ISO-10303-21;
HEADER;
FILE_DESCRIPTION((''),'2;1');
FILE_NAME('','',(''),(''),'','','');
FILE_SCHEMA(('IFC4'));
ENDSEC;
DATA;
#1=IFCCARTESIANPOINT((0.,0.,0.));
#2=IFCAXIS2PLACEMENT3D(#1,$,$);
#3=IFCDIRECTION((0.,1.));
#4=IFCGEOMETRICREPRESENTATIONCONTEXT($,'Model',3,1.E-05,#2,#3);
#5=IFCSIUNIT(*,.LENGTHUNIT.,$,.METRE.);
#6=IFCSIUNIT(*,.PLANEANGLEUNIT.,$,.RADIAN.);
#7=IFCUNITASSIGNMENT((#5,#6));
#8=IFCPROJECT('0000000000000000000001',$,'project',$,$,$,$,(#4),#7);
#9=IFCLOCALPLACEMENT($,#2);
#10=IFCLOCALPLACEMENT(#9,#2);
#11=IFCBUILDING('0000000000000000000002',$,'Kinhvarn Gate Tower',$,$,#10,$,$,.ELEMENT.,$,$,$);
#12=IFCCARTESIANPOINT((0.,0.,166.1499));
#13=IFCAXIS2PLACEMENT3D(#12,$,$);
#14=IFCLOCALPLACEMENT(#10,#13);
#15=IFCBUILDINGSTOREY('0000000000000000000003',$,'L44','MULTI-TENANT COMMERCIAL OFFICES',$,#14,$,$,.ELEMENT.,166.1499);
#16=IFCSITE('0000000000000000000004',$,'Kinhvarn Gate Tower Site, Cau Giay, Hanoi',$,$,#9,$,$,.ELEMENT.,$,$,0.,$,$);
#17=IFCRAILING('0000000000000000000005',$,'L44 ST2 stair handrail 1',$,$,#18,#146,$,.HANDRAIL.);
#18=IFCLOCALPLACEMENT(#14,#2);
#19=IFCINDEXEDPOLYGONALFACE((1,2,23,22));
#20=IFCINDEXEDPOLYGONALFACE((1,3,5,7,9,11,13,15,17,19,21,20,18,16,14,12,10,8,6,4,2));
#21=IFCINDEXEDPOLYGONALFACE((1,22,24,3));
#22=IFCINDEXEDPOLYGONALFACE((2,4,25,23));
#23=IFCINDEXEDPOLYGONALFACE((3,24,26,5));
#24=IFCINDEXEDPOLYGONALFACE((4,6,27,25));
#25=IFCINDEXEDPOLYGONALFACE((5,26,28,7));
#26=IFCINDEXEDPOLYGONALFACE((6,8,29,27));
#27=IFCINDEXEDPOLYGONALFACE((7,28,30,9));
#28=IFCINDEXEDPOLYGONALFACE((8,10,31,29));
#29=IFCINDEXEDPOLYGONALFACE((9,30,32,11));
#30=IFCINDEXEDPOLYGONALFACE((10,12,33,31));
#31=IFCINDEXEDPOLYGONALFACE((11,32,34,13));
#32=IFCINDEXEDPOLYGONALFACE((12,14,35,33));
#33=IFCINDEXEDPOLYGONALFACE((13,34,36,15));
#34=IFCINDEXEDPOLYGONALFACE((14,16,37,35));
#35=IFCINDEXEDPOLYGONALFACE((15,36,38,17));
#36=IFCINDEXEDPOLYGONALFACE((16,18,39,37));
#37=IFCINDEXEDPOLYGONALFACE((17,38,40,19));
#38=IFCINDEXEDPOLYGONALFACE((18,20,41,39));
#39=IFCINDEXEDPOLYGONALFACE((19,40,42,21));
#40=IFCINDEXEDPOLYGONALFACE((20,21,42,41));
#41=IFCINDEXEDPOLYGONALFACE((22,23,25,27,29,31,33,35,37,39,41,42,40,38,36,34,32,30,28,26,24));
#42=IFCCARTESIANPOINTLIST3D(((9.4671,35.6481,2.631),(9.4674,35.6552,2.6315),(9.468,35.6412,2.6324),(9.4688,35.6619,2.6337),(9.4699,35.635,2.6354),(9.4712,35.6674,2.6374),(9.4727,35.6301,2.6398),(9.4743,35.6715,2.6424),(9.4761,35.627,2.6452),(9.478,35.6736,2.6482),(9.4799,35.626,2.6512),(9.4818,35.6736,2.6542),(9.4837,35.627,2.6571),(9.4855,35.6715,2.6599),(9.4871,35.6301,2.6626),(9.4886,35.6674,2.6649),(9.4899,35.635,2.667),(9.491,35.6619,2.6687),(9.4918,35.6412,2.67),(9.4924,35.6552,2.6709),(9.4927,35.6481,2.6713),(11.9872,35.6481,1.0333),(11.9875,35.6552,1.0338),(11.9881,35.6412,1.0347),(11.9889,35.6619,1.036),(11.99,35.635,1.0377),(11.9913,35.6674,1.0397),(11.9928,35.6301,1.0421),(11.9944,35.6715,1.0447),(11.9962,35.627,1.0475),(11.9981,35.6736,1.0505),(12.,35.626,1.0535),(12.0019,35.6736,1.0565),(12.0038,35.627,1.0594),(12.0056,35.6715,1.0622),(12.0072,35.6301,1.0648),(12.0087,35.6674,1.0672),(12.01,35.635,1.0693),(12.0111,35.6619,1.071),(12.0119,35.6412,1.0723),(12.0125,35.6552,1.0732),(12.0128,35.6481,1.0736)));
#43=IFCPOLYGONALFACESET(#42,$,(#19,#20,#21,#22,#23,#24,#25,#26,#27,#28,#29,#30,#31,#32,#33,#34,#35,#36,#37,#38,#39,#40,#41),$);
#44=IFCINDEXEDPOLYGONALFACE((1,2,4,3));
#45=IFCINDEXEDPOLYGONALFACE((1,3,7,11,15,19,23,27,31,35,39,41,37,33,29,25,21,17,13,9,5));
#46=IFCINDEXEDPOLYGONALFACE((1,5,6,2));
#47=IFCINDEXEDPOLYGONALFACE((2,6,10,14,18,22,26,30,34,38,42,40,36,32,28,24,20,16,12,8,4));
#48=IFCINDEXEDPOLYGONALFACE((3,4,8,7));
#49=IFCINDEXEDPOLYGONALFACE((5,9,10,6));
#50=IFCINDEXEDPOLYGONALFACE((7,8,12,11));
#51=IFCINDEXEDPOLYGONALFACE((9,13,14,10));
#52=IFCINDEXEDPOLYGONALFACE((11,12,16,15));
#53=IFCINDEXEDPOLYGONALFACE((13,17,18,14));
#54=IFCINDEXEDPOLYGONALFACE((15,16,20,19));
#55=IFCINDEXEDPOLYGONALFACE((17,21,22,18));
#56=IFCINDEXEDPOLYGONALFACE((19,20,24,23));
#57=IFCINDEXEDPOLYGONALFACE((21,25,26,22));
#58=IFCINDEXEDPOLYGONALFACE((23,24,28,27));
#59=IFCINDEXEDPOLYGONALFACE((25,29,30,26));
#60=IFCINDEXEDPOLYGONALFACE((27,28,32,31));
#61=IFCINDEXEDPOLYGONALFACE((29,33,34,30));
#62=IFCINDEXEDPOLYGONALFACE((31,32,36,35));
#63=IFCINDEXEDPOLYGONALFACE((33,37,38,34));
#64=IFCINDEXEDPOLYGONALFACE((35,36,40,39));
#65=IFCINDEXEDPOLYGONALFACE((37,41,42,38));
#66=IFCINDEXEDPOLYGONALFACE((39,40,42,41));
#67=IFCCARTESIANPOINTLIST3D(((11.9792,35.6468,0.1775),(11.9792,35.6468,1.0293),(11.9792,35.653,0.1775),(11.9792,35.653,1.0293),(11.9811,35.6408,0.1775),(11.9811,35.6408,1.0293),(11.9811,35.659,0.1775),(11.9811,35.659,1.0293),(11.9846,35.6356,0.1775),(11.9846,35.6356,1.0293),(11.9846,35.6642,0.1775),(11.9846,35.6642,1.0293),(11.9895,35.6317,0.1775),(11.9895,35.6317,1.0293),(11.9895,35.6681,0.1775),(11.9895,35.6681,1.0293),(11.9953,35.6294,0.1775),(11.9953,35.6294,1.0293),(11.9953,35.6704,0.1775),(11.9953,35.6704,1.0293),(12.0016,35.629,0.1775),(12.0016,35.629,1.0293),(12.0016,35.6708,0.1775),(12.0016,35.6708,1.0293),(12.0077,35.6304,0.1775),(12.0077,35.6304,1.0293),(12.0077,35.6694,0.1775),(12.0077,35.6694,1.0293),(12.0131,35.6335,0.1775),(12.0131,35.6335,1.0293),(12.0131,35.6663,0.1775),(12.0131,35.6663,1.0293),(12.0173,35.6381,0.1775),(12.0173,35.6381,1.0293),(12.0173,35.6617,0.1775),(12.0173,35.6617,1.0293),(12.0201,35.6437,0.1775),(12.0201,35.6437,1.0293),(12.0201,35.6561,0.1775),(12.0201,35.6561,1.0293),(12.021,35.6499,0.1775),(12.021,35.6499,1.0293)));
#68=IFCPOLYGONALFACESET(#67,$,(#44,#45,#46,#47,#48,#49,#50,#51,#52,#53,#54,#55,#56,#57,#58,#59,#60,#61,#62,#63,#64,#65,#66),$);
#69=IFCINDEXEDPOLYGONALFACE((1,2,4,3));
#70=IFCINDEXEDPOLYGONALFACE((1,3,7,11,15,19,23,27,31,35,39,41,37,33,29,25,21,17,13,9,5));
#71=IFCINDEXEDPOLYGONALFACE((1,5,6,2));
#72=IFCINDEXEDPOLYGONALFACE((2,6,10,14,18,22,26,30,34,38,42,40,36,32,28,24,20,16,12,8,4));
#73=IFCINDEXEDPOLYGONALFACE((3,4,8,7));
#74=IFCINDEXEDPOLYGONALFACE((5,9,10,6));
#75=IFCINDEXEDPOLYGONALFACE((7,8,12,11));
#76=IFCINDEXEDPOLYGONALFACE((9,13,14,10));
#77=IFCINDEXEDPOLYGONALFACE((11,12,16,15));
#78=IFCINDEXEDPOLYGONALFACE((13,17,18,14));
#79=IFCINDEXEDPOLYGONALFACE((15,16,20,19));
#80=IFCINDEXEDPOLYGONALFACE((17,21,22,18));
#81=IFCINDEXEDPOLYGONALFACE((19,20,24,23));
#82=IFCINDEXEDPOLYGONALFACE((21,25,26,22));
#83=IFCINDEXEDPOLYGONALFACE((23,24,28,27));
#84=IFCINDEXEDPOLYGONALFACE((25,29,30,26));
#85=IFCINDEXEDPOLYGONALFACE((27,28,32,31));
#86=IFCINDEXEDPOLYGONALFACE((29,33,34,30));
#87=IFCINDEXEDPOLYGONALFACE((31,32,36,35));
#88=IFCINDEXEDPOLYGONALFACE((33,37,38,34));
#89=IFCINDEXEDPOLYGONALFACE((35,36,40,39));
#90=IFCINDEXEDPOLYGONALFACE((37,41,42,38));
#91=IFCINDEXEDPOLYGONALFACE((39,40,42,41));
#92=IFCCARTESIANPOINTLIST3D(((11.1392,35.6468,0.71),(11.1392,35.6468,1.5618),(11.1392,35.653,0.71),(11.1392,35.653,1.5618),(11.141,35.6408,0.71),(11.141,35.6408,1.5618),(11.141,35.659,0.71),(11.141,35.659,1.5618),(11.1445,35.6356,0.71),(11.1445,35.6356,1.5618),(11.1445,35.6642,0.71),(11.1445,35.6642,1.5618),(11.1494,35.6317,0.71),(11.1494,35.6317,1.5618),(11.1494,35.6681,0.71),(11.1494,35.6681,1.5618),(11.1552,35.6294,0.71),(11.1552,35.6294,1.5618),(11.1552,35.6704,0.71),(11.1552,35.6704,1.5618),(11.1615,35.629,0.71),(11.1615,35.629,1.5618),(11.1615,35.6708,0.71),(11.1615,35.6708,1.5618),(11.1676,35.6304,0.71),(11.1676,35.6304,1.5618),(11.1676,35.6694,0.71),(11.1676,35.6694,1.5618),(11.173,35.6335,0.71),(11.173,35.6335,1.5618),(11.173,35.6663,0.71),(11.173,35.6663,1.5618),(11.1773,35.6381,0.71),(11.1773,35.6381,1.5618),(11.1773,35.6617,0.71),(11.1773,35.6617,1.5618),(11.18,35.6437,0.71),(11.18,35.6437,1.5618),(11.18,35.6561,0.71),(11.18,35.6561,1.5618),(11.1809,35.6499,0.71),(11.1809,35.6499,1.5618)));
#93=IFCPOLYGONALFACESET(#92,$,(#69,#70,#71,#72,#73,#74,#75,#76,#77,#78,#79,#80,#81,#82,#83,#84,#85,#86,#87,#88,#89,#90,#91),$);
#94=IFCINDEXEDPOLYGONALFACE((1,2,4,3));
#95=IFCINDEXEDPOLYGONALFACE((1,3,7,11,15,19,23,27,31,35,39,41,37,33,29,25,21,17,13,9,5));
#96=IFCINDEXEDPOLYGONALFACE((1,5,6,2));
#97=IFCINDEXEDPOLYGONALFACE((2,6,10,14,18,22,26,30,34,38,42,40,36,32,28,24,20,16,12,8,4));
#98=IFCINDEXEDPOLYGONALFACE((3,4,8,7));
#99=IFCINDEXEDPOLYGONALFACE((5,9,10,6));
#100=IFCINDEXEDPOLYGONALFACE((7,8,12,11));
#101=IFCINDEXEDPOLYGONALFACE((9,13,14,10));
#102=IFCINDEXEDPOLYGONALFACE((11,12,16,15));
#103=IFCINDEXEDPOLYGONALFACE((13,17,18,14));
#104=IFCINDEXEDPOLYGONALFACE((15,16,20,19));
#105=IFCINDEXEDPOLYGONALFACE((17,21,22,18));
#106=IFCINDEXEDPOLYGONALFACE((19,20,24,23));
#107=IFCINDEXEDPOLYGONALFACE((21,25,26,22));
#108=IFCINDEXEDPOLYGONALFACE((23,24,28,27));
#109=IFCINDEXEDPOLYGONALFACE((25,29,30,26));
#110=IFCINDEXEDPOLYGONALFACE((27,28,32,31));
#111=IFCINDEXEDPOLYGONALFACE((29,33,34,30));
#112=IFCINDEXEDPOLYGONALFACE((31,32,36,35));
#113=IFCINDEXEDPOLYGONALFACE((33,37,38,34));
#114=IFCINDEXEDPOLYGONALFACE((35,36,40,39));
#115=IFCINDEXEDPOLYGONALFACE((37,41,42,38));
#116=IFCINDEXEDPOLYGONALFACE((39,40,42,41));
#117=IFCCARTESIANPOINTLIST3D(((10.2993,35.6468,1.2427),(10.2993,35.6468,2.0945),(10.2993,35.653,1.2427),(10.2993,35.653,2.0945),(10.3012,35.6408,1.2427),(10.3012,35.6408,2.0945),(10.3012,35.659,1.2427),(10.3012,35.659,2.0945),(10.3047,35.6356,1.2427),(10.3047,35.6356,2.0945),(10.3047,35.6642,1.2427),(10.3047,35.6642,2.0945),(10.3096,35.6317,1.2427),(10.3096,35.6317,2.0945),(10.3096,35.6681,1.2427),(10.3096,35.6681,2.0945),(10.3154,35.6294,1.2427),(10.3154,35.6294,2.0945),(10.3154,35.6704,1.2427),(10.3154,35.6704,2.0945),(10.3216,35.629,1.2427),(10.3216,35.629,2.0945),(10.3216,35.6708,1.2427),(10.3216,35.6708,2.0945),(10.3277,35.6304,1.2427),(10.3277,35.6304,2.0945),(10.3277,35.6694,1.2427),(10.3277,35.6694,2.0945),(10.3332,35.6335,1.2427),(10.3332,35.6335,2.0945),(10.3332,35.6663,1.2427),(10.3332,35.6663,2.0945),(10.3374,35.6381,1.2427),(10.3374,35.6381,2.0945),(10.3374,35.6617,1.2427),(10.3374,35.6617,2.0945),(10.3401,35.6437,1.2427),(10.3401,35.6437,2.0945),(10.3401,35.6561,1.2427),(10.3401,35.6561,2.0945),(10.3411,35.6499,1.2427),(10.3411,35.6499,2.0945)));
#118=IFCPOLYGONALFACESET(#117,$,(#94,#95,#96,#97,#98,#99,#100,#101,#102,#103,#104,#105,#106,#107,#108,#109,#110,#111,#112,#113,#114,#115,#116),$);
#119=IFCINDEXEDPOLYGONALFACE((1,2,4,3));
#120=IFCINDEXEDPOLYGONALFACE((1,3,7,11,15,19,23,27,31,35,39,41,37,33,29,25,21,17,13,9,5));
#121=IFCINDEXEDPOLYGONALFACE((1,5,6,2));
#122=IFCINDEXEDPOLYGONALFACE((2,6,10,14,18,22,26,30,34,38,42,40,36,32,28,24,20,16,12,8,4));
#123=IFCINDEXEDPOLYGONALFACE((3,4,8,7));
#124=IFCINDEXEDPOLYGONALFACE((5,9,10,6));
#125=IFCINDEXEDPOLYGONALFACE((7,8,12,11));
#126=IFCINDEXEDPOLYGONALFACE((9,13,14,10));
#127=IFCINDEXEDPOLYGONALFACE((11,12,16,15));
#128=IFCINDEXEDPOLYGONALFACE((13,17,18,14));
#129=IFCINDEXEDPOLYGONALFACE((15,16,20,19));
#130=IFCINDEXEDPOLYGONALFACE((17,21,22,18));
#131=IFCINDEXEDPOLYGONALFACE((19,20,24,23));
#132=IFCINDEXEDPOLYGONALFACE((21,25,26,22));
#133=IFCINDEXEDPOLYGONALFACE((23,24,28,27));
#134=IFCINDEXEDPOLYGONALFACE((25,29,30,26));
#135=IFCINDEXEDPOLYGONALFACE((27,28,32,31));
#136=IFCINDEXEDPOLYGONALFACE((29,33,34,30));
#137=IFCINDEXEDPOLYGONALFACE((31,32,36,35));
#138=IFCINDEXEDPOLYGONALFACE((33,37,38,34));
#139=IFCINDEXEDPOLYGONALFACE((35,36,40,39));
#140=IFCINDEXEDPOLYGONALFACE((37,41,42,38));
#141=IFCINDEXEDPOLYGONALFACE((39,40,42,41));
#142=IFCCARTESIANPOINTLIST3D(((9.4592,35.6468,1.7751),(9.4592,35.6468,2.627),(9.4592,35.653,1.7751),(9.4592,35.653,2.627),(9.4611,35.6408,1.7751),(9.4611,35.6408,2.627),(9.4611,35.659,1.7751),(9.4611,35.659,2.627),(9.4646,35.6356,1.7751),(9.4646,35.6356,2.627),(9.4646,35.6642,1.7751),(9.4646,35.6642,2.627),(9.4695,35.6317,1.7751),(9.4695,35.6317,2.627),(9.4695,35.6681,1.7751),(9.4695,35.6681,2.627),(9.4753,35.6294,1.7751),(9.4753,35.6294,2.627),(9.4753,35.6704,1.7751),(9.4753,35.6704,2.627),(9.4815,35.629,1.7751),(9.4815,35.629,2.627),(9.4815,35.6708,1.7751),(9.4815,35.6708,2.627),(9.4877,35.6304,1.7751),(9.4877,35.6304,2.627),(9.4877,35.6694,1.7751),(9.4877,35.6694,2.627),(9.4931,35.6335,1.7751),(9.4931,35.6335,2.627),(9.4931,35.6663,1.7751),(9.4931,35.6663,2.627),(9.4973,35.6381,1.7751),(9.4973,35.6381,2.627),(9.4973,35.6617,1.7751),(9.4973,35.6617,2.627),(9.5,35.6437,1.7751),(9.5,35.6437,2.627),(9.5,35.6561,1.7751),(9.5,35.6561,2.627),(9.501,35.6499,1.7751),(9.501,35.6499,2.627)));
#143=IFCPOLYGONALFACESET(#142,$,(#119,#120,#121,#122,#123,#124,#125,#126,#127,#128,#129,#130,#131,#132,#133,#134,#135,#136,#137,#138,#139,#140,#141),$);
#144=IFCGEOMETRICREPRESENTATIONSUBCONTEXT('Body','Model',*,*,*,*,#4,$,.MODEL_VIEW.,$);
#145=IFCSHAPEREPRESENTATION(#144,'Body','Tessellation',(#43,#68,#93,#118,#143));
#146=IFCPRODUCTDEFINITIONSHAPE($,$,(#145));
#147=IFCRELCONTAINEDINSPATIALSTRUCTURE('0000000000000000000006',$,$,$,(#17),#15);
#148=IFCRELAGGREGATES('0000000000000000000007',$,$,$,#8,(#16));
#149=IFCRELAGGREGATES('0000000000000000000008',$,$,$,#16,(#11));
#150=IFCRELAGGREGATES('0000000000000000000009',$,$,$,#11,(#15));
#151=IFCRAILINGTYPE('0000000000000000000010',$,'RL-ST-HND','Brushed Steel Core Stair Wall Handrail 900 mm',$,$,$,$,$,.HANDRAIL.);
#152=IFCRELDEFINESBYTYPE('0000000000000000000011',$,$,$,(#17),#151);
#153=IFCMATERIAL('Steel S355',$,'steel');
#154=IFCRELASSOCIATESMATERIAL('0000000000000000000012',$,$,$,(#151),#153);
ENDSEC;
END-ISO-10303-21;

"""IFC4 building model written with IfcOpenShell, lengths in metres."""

from ifc_helpers import new_model, si_unit, direction, frame, origin, origin_2d, place, context, subcontext, project, spatial, circle, extrude, material, type_object, element, save


model = new_model("IFC4")

# Units and contexts
model_context = context("Model", 3, precision=1e-05, world=origin(), true_north=direction((0.0, 1.0)))
body_context = subcontext(model_context, "Body", "Model", "MODEL_VIEW")
ifc_project = project(units=[si_unit("LENGTHUNIT", "METRE"), si_unit("PLANEANGLEUNIT", "RADIAN")], contexts=[model_context])

# Site, building, storey
site_placement = place(None, origin())
site = spatial("IfcSite", under=ifc_project, at=site_placement, Name="Kinhvarn Gate Tower Site, Cau Giay, Hanoi", CompositionType="ELEMENT", RefElevation=0.0)
building_placement = place(site_placement, origin())
building = spatial("IfcBuilding", under=site, at=building_placement, Name="Kinhvarn Gate Tower", CompositionType="ELEMENT")
storey_placement = place(building_placement, frame((0.0, 0.0, 166.1499)))
storey = spatial("IfcBuildingStorey", under=building, at=storey_placement, Name="L44", Description="MULTI-TENANT COMMERCIAL OFFICES", CompositionType="ELEMENT", Elevation=166.1499)

# Shared definitions
ifc_material_1 = material(Name="Steel S355", Category="steel")

# Railing
railing_type_1 = type_object("IfcRailingType", Name="RL-ST-HND", Description="Brushed Steel Core Stair Wall Handrail 900 mm", PredefinedType="HANDRAIL", material=ifc_material_1)
railing_1_placement = place(storey_placement, frame((12.0, 35.6499, 0.1775)))
element("IfcRailing", 1, at=railing_1_placement, inside=storey, type_object=railing_type_1, Name="L44 ST2 stair handrail 1", PredefinedType="HANDRAIL", context=body_context, shape_type="SweptSolid", body=[
    extrude(circle(Radius=0.0239, at=origin_2d()), frame((0.0, 0.0, 0.876), z_axis=(-0.84457, 0.0, 0.535445), x_axis=(0.0, -1.0, 0.0)), (0.0, 0.0, 1.0), 2.9839),
    extrude(circle(Radius=0.021, at=origin_2d()), origin(), (0.0, 0.0, 1.0), 0.8518),
    extrude(circle(Radius=0.021, at=origin_2d()), frame((-0.8401, 0.0, 0.5325)), (0.0, 0.0, 1.0), 0.8518),
    extrude(circle(Radius=0.021, at=origin_2d()), frame((-1.6799, 0.0, 1.0652)), (0.0, 0.0, 1.0), 0.8518),
    extrude(circle(Radius=0.021, at=origin_2d()), frame((-2.52, 0.0, 1.5977)), (0.0, 0.0, 1.0), 0.8518),
])

save(model, "model.ifc")
